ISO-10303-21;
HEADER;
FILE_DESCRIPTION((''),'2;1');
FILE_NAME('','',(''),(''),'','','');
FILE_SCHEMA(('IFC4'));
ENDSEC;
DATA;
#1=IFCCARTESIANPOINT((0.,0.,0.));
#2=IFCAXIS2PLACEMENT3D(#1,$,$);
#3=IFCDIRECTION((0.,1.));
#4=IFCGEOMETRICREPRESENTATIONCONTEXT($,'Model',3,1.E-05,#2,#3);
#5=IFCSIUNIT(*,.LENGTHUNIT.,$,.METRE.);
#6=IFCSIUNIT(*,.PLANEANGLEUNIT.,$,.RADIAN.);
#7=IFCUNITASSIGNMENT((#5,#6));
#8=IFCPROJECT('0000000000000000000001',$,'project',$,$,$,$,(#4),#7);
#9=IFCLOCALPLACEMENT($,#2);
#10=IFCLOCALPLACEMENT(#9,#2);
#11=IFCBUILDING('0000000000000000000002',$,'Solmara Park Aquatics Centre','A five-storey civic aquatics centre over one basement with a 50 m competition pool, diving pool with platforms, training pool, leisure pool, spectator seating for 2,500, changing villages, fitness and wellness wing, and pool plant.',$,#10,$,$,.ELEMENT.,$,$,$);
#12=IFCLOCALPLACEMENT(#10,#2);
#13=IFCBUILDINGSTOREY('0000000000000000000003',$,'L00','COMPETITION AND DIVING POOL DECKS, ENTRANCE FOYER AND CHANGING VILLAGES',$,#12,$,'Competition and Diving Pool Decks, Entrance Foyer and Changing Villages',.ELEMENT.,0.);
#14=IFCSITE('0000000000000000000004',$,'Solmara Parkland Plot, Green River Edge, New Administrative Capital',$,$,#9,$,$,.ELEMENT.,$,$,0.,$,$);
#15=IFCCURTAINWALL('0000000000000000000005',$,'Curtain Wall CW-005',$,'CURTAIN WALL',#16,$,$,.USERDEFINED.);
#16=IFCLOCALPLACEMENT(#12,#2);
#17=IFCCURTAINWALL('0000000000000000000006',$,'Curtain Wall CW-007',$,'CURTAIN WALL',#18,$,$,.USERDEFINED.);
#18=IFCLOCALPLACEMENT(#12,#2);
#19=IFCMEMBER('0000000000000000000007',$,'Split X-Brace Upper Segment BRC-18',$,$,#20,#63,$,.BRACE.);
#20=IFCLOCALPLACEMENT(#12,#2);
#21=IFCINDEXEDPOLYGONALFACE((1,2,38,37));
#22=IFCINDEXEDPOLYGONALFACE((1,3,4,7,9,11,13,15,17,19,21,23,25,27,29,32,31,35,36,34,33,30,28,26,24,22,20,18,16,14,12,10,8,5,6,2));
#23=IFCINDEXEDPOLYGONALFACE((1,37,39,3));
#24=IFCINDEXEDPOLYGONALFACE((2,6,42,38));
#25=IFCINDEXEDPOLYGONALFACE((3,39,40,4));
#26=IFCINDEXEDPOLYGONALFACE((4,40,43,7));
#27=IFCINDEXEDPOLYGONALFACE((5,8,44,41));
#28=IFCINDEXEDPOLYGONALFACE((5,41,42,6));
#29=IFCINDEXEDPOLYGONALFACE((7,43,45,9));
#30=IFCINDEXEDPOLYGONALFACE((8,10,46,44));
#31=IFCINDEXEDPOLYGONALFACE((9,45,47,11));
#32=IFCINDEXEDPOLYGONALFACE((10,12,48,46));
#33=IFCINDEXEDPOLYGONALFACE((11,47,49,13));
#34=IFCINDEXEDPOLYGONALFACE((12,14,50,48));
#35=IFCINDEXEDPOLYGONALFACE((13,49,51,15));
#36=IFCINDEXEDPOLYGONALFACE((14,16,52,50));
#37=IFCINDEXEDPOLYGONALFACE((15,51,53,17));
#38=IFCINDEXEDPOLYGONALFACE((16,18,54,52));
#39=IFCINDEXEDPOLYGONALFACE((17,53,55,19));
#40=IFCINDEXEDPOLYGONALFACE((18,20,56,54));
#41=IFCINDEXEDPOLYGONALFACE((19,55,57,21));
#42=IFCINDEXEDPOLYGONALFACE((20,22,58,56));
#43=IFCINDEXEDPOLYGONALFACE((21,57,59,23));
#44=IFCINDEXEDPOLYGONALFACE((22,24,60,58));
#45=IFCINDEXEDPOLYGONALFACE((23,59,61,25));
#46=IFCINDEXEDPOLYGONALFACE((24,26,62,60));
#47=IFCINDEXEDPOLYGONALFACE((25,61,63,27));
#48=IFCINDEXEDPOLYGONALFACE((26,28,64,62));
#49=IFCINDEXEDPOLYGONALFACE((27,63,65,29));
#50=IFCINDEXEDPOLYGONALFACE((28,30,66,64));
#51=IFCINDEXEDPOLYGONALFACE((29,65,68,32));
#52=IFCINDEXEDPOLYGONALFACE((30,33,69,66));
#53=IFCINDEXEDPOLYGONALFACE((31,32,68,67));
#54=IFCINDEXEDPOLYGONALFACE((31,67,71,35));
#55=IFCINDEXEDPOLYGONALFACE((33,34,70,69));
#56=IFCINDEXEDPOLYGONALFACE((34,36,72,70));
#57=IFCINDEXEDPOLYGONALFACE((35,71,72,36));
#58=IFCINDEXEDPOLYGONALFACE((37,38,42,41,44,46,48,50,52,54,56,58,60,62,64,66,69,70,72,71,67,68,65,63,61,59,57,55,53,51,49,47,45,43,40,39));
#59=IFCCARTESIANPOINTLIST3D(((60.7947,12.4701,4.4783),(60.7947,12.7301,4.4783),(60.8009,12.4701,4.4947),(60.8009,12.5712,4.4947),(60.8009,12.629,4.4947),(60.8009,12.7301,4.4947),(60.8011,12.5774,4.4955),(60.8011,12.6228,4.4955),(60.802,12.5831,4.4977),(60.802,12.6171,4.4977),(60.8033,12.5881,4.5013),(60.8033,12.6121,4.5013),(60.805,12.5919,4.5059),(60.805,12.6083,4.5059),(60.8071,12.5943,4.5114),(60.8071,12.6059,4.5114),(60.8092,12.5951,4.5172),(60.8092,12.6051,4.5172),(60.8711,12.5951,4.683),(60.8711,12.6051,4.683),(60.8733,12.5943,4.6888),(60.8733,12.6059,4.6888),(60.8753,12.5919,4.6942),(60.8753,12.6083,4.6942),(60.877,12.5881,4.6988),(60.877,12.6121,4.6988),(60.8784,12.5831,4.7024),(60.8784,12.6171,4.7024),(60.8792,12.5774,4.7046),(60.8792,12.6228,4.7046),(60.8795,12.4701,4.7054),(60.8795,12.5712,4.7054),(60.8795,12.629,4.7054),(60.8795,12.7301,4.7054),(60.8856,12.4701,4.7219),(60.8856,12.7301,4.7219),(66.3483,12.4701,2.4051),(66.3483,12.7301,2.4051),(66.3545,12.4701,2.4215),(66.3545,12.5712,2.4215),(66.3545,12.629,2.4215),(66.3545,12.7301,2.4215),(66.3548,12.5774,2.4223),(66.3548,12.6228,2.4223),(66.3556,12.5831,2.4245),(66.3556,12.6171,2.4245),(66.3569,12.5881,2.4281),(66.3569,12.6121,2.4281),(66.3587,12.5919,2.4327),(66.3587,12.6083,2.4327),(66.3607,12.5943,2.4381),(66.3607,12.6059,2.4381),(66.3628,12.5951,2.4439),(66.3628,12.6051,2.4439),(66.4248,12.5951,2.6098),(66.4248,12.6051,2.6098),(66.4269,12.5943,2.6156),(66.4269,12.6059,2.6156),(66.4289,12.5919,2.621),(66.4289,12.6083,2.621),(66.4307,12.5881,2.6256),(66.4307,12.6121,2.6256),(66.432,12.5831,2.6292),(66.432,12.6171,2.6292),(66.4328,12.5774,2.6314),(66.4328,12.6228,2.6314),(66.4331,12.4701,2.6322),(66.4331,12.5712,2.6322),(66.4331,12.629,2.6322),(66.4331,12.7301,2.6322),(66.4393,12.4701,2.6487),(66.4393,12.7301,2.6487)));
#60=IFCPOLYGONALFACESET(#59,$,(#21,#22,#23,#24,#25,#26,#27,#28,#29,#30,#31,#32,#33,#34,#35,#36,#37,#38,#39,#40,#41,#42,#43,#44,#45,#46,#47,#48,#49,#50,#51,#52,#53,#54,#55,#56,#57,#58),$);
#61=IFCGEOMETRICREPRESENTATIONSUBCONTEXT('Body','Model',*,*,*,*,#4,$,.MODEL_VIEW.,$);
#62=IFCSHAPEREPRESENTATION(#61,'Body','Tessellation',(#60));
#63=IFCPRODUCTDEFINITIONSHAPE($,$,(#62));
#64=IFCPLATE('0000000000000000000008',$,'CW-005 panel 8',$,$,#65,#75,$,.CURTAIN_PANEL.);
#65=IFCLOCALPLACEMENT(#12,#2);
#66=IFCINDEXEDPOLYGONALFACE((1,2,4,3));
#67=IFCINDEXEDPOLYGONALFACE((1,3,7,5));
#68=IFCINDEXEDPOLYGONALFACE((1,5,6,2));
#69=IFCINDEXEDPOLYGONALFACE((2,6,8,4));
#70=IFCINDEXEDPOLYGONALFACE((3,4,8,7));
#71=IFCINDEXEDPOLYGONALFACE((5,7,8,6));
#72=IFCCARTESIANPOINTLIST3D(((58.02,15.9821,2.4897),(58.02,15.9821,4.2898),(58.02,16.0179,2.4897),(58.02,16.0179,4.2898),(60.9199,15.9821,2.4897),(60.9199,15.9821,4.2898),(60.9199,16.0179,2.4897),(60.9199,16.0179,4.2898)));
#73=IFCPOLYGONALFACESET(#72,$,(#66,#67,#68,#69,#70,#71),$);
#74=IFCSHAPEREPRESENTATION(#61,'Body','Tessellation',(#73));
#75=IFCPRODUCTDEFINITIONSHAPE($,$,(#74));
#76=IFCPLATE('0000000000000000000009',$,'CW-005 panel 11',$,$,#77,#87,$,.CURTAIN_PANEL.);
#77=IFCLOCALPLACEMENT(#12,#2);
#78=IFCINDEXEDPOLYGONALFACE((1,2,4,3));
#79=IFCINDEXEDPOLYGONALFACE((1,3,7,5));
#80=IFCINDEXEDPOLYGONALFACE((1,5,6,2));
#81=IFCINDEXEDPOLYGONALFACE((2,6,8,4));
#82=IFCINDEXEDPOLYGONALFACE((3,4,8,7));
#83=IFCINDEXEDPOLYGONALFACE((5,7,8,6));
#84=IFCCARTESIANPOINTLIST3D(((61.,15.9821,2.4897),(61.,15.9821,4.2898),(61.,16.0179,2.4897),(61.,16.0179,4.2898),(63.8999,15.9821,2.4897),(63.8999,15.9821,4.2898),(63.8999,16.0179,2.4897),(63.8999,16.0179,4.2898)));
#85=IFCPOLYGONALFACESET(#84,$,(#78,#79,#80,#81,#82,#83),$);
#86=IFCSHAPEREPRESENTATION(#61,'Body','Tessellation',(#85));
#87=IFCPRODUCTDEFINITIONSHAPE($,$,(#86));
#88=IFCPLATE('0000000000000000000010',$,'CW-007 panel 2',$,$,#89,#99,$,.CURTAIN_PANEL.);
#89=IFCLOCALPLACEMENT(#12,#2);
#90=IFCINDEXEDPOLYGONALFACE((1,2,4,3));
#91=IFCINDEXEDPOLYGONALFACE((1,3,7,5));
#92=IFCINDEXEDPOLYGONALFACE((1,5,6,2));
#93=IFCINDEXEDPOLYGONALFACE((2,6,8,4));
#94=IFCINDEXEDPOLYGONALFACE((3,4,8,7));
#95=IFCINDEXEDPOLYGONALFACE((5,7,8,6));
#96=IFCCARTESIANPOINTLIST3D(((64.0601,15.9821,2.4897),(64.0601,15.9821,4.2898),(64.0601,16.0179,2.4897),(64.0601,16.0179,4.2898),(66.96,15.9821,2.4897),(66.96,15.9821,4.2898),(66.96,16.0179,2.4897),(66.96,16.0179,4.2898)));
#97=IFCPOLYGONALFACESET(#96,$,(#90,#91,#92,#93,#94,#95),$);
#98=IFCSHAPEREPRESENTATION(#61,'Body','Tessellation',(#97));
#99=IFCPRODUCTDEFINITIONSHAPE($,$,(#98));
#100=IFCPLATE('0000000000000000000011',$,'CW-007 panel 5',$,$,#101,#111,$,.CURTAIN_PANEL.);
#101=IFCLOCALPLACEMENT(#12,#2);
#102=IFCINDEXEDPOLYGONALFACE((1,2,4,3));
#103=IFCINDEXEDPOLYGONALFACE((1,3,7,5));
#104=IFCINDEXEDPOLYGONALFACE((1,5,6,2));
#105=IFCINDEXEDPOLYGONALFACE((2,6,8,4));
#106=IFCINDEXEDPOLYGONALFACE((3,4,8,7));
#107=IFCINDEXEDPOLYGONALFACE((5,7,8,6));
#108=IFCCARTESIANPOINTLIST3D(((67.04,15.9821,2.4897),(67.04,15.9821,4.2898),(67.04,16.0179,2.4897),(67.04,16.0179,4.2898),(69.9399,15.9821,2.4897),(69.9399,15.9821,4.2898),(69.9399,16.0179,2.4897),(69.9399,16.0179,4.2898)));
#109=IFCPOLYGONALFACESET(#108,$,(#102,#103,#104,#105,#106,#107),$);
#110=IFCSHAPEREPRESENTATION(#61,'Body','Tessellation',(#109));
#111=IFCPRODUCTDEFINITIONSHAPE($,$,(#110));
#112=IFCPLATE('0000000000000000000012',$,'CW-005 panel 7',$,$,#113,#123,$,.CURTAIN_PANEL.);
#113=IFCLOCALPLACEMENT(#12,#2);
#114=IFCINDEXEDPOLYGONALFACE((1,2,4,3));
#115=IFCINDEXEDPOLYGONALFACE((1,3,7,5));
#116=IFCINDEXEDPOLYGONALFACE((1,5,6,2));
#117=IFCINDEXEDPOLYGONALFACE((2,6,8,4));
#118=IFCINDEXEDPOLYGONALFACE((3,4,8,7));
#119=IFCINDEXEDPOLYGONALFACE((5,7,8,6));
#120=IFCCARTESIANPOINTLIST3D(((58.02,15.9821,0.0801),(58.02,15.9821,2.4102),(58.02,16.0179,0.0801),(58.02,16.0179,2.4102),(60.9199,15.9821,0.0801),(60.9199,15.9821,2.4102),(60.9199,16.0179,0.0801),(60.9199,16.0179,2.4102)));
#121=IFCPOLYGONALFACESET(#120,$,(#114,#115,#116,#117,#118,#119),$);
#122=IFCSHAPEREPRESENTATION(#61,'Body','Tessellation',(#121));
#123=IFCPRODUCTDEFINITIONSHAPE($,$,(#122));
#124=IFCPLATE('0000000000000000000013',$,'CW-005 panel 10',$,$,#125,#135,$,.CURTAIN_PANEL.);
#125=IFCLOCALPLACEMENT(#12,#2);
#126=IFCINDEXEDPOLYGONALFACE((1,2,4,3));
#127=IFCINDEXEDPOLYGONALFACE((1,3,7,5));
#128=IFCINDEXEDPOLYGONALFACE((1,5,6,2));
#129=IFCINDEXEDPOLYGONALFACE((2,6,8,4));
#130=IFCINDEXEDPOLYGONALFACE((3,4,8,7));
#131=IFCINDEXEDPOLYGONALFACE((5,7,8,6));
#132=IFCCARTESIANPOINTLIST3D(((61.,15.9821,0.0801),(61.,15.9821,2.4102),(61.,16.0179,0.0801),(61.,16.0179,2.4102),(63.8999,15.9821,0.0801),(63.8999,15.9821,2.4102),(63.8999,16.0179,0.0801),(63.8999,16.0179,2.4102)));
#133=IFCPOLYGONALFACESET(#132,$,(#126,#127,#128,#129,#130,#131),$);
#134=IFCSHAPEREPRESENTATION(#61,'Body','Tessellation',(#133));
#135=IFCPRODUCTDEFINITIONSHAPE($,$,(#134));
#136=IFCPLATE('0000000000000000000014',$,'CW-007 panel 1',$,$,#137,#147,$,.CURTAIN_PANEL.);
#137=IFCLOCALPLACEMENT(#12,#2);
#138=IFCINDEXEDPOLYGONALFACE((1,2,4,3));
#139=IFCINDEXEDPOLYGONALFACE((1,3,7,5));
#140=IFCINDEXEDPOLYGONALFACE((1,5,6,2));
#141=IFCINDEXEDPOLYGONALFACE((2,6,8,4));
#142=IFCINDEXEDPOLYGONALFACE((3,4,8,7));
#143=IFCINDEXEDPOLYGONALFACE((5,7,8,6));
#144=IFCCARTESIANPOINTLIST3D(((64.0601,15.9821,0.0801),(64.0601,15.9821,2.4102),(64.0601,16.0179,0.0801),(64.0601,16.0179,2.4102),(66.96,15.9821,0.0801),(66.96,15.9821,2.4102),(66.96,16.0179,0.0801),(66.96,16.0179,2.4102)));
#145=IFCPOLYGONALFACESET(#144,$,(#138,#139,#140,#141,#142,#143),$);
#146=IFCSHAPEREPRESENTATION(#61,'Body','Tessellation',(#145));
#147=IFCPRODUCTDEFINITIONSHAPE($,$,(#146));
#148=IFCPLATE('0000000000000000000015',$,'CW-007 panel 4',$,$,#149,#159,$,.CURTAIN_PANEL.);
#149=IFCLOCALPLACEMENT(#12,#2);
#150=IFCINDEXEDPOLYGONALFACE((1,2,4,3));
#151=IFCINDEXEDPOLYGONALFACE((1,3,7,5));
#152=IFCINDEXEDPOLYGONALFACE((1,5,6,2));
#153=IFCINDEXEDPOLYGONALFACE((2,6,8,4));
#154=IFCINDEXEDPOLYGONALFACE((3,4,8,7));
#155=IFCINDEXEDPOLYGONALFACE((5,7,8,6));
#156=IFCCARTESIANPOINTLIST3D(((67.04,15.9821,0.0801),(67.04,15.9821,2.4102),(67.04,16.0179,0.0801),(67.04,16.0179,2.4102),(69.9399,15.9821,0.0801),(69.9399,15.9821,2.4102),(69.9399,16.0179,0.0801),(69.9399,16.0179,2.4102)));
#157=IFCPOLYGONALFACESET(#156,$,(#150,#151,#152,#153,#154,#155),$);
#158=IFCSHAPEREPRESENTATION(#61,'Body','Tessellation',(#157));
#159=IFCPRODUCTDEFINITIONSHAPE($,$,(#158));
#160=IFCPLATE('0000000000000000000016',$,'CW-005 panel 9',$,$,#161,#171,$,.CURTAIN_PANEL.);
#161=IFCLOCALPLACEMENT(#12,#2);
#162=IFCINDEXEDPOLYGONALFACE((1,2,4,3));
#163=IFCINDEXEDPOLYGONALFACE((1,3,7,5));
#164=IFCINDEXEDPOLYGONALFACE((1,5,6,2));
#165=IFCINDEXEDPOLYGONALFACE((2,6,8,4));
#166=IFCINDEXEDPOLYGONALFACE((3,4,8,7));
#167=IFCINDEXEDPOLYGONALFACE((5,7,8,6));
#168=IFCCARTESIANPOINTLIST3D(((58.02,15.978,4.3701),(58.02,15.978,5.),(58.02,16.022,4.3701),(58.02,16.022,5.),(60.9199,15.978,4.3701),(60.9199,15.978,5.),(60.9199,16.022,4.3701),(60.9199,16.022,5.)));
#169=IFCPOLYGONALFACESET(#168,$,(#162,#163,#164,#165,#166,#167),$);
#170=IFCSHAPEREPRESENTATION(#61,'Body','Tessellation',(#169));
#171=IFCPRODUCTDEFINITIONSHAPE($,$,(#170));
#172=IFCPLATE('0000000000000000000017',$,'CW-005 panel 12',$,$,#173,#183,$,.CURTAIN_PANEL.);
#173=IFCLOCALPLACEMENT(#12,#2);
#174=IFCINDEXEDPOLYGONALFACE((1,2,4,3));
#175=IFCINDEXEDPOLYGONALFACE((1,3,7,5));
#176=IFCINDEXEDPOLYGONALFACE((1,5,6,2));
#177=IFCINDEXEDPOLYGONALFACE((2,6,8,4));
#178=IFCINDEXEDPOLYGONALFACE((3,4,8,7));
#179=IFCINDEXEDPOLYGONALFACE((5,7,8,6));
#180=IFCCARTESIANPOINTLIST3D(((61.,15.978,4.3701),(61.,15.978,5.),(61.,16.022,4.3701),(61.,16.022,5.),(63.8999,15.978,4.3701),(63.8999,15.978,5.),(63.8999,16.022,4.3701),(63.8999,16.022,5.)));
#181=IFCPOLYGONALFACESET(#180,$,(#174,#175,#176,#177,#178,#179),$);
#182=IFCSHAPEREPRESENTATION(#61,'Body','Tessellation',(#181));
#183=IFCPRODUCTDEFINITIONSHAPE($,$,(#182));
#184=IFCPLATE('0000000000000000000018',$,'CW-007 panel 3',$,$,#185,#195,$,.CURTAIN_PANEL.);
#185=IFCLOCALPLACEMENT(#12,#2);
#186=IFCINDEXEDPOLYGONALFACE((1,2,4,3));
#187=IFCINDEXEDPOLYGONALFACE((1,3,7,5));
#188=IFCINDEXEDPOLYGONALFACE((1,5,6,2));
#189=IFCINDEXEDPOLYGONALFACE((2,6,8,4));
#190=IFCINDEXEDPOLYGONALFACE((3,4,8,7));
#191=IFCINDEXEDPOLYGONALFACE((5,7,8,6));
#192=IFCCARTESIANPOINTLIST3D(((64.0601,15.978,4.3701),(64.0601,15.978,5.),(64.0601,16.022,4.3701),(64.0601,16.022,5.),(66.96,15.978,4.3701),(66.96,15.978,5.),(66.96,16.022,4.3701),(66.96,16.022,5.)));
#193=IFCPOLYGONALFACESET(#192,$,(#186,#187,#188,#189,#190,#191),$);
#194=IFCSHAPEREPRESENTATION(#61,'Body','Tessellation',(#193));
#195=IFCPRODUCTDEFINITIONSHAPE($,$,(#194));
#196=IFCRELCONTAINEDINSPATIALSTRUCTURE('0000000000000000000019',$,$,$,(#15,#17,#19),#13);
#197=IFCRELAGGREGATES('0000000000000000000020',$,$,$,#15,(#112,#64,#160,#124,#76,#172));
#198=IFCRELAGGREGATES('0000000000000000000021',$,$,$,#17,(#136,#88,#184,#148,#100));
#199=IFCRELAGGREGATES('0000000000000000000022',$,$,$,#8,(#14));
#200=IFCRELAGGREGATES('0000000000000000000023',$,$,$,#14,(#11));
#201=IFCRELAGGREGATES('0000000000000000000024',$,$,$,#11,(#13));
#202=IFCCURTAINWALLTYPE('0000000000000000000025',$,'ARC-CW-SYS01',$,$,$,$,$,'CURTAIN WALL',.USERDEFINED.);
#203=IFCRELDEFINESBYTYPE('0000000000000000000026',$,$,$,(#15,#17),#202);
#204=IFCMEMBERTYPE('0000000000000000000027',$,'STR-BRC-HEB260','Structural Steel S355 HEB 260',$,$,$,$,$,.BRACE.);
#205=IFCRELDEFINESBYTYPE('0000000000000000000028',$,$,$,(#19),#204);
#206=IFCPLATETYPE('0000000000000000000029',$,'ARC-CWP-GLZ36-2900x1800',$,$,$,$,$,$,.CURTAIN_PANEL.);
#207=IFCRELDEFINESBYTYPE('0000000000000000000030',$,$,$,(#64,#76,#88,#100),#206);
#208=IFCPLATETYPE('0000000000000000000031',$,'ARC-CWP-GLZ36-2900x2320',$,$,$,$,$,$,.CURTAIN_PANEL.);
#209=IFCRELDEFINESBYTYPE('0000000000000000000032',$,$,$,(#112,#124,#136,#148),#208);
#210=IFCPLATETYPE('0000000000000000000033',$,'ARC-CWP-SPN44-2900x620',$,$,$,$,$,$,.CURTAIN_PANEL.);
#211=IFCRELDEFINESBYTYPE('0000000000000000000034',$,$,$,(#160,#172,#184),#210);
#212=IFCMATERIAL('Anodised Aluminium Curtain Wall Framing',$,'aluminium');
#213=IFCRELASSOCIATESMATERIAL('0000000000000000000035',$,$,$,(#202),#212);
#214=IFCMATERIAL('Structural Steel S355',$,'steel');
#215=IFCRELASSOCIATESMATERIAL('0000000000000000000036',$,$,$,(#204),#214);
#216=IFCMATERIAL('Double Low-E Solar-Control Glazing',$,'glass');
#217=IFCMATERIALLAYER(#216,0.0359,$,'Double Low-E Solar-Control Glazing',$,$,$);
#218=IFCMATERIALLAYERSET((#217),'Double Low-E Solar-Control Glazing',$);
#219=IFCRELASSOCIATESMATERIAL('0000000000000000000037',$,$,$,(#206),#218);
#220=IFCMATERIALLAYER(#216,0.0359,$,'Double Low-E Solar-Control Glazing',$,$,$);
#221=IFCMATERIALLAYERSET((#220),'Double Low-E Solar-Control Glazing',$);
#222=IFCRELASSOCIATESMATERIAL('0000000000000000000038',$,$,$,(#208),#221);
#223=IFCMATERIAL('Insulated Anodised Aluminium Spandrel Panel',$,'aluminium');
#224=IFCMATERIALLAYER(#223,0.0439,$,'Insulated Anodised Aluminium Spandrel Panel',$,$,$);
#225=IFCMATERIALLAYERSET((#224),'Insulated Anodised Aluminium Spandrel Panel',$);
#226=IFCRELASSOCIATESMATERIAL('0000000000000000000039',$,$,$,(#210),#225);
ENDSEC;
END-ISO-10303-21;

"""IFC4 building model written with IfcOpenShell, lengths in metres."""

from ifc_helpers import new_model, si_unit, direction, frame, origin, origin_2d, place, context, subcontext, project, spatial, rectangle, i_section, extrude, material, layer, layer_set, material_profile, profile_set, type_object, element, aggregate, save


model = new_model("IFC4")

# Units and contexts
model_context = context("Model", 3, precision=1e-05, world=origin(), true_north=direction((0.0, 1.0)))
body_context = subcontext(model_context, "Body", "Model", "MODEL_VIEW")
ifc_project = project(units=[si_unit("LENGTHUNIT", "METRE"), si_unit("PLANEANGLEUNIT", "RADIAN")], contexts=[model_context])

# Site, building, storey
site_placement = place(None, origin())
site = spatial("IfcSite", under=ifc_project, at=site_placement, Name="Solmara Parkland Plot, Green River Edge, New Administrative Capital", CompositionType="ELEMENT", RefElevation=0.0)
building_placement = place(site_placement, origin())
building = spatial("IfcBuilding", under=site, at=building_placement, Name="Solmara Park Aquatics Centre", Description="A five-storey civic aquatics centre over one basement with a 50 m competition pool, diving pool with platforms, training pool, leisure pool, spectator seating for 2,500, changing villages, fitness and wellness wing, and pool plant.", CompositionType="ELEMENT")
storey_placement = place(building_placement, origin())
storey = spatial("IfcBuildingStorey", under=building, at=storey_placement, Name="L00", Description="COMPETITION AND DIVING POOL DECKS, ENTRANCE FOYER AND CHANGING VILLAGES", LongName="Competition and Diving Pool Decks, Entrance Foyer and Changing Villages", CompositionType="ELEMENT", Elevation=0.0)

# Shared definitions
ifc_material_1 = material(Name="Structural Steel S355", Category="steel")

# Curtain walls
ifc_material_2 = material(Name="Anodised Aluminium Curtain Wall Framing", Category="aluminium")
curtain_wall_type = type_object("IfcCurtainWallType", Name="ARC-CW-SYS01", ElementType="CURTAIN WALL", PredefinedType="USERDEFINED", material=ifc_material_2)
curtain_wall_1_placement = place(storey_placement, origin())
curtain_wall_1 = element("IfcCurtainWall", 1, at=curtain_wall_1_placement, inside=storey, type_object=curtain_wall_type, Name="Curtain Wall CW-005", ObjectType="CURTAIN WALL", PredefinedType="USERDEFINED")
curtain_wall_2_placement = place(storey_placement, origin())
curtain_wall_2 = element("IfcCurtainWall", 2, at=curtain_wall_2_placement, inside=storey, type_object=curtain_wall_type, Name="Curtain Wall CW-007", ObjectType="CURTAIN WALL", PredefinedType="USERDEFINED")

# Member
ifc_material_profile_1 = material_profile(ifc_material_1, i_section(OverallWidth=0.26, OverallDepth=0.26, WebThickness=0.01, FlangeThickness=0.0176, FilletRadius=0.0239, at=origin_2d()), Name="HEB 260")
ifc_profile_set_1 = profile_set([ifc_material_profile_1], Name="Structural Steel S355")
member_type_1 = type_object("IfcMemberType", Name="STR-BRC-HEB260", Description="Structural Steel S355 HEB 260", PredefinedType="BRACE", material=ifc_profile_set_1)
member_1_placement = place(storey_placement, frame((66.3938, 12.6001, 2.5269), z_axis=(-0.936849, 0.0, 0.349733), x_axis=(0.0, -1.0, 0.0)))
element("IfcMember", 3, at=member_1_placement, inside=storey, type_object=member_type_1, Name="Split X-Brace Upper Segment BRC-18", PredefinedType="BRACE", context=body_context, shape_type="SweptSolid", body=[
    extrude(i_section(OverallWidth=0.26, OverallDepth=0.26, WebThickness=0.01, FlangeThickness=0.0176, FilletRadius=0.0239, at=origin_2d()), origin(), (0.0, 0.0, 1.0), 5.928),
])

# Plates
ifc_material_3 = material(Name="Double Low-E Solar-Control Glazing", Category="glass")
ifc_layer_1 = layer(ifc_material_3, 0.0359, Name="Double Low-E Solar-Control Glazing")
ifc_layer_set_1 = layer_set([ifc_layer_1], Name="Double Low-E Solar-Control Glazing")
plate_type_1 = type_object("IfcPlateType", Name="ARC-CWP-GLZ36-2900x1800", PredefinedType="CURTAIN_PANEL", material=ifc_layer_set_1)
plate_1_placement = place(storey_placement, frame((59.47, 16.0, 2.4897), z_axis=(0.0, 0.0, 1.0), x_axis=(1.0, 0.0, 0.0)))
plate_1 = element("IfcPlate", 4, at=plate_1_placement, type_object=plate_type_1, Name="CW-005 panel 8", PredefinedType="CURTAIN_PANEL", context=body_context, shape_type="SweptSolid", body=[
    extrude(rectangle(XDim=2.8999, YDim=0.0359, at=origin_2d()), origin(), (0.0, 0.0, 1.0), 1.8),
])
plate_2_placement = place(storey_placement, frame((62.45, 16.0, 2.4897), z_axis=(0.0, 0.0, 1.0), x_axis=(1.0, 0.0, 0.0)))
plate_2 = element("IfcPlate", 5, at=plate_2_placement, type_object=plate_type_1, Name="CW-005 panel 11", PredefinedType="CURTAIN_PANEL", context=body_context, shape_type="SweptSolid", body=[
    extrude(rectangle(XDim=2.8999, YDim=0.0359, at=origin_2d()), origin(), (0.0, 0.0, 1.0), 1.8),
])
plate_3_placement = place(storey_placement, frame((65.51, 16.0, 2.4897), z_axis=(0.0, 0.0, 1.0), x_axis=(1.0, 0.0, 0.0)))
plate_3 = element("IfcPlate", 6, at=plate_3_placement, type_object=plate_type_1, Name="CW-007 panel 2", PredefinedType="CURTAIN_PANEL", context=body_context, shape_type="SweptSolid", body=[
    extrude(rectangle(XDim=2.8999, YDim=0.0359, at=origin_2d()), origin(), (0.0, 0.0, 1.0), 1.8),
])
plate_4_placement = place(storey_placement, frame((68.49, 16.0, 2.4897), z_axis=(0.0, 0.0, 1.0), x_axis=(1.0, 0.0, 0.0)))
plate_4 = element("IfcPlate", 7, at=plate_4_placement, type_object=plate_type_1, Name="CW-007 panel 5", PredefinedType="CURTAIN_PANEL", context=body_context, shape_type="SweptSolid", body=[
    extrude(rectangle(XDim=2.8999, YDim=0.0359, at=origin_2d()), origin(), (0.0, 0.0, 1.0), 1.8),
])
ifc_layer_2 = layer(ifc_material_3, 0.0359, Name="Double Low-E Solar-Control Glazing")
ifc_layer_set_2 = layer_set([ifc_layer_2], Name="Double Low-E Solar-Control Glazing")
plate_type_2 = type_object("IfcPlateType", Name="ARC-CWP-GLZ36-2900x2320", PredefinedType="CURTAIN_PANEL", material=ifc_layer_set_2)
plate_5_placement = place(storey_placement, frame((59.47, 16.0, 0.0801), z_axis=(0.0, 0.0, 1.0), x_axis=(1.0, 0.0, 0.0)))
plate_5 = element("IfcPlate", 8, at=plate_5_placement, type_object=plate_type_2, Name="CW-005 panel 7", PredefinedType="CURTAIN_PANEL", context=body_context, shape_type="SweptSolid", body=[
    extrude(rectangle(XDim=2.8999, YDim=0.0359, at=origin_2d()), origin(), (0.0, 0.0, 1.0), 2.3301),
])
plate_6_placement = place(storey_placement, frame((62.45, 16.0, 0.0801), z_axis=(0.0, 0.0, 1.0), x_axis=(1.0, 0.0, 0.0)))
plate_6 = element("IfcPlate", 9, at=plate_6_placement, type_object=plate_type_2, Name="CW-005 panel 10", PredefinedType="CURTAIN_PANEL", context=body_context, shape_type="SweptSolid", body=[
    extrude(rectangle(XDim=2.8999, YDim=0.0359, at=origin_2d()), origin(), (0.0, 0.0, 1.0), 2.3301),
])
plate_7_placement = place(storey_placement, frame((65.51, 16.0, 0.0801), z_axis=(0.0, 0.0, 1.0), x_axis=(1.0, 0.0, 0.0)))
plate_7 = element("IfcPlate", 10, at=plate_7_placement, type_object=plate_type_2, Name="CW-007 panel 1", PredefinedType="CURTAIN_PANEL", context=body_context, shape_type="SweptSolid", body=[
    extrude(rectangle(XDim=2.8999, YDim=0.0359, at=origin_2d()), origin(), (0.0, 0.0, 1.0), 2.3301),
])
plate_8_placement = place(storey_placement, frame((68.49, 16.0, 0.0801), z_axis=(0.0, 0.0, 1.0), x_axis=(1.0, 0.0, 0.0)))
plate_8 = element("IfcPlate", 11, at=plate_8_placement, type_object=plate_type_2, Name="CW-007 panel 4", PredefinedType="CURTAIN_PANEL", context=body_context, shape_type="SweptSolid", body=[
    extrude(rectangle(XDim=2.8999, YDim=0.0359, at=origin_2d()), origin(), (0.0, 0.0, 1.0), 2.3301),
])
ifc_material_4 = material(Name="Insulated Anodised Aluminium Spandrel Panel", Category="aluminium")
ifc_layer_3 = layer(ifc_material_4, 0.0439, Name="Insulated Anodised Aluminium Spandrel Panel")
ifc_layer_set_3 = layer_set([ifc_layer_3], Name="Insulated Anodised Aluminium Spandrel Panel")
plate_type_3 = type_object("IfcPlateType", Name="ARC-CWP-SPN44-2900x620", PredefinedType="CURTAIN_PANEL", material=ifc_layer_set_3)
plate_9_placement = place(storey_placement, frame((59.47, 16.0, 4.3701), z_axis=(0.0, 0.0, 1.0), x_axis=(1.0, 0.0, 0.0)))
plate_9 = element("IfcPlate", 12, at=plate_9_placement, type_object=plate_type_3, Name="CW-005 panel 9", PredefinedType="CURTAIN_PANEL", context=body_context, shape_type="SweptSolid", body=[
    extrude(rectangle(XDim=2.8999, YDim=0.0439, at=origin_2d()), origin(), (0.0, 0.0, 1.0), 0.6299),
])
plate_10_placement = place(storey_placement, frame((62.45, 16.0, 4.3701), z_axis=(0.0, 0.0, 1.0), x_axis=(1.0, 0.0, 0.0)))
plate_10 = element("IfcPlate", 13, at=plate_10_placement, type_object=plate_type_3, Name="CW-005 panel 12", PredefinedType="CURTAIN_PANEL", context=body_context, shape_type="SweptSolid", body=[
    extrude(rectangle(XDim=2.8999, YDim=0.0439, at=origin_2d()), origin(), (0.0, 0.0, 1.0), 0.6299),
])
aggregate(curtain_wall_1, [plate_5, plate_1, plate_9, plate_6, plate_2, plate_10])
plate_11_placement = place(storey_placement, frame((65.51, 16.0, 4.3701), z_axis=(0.0, 0.0, 1.0), x_axis=(1.0, 0.0, 0.0)))
plate_11 = element("IfcPlate", 14, at=plate_11_placement, type_object=plate_type_3, Name="CW-007 panel 3", PredefinedType="CURTAIN_PANEL", context=body_context, shape_type="SweptSolid", body=[
    extrude(rectangle(XDim=2.8999, YDim=0.0439, at=origin_2d()), origin(), (0.0, 0.0, 1.0), 0.6299),
])
aggregate(curtain_wall_2, [plate_7, plate_3, plate_11, plate_8, plate_4])

save(model, "model.ifc")
